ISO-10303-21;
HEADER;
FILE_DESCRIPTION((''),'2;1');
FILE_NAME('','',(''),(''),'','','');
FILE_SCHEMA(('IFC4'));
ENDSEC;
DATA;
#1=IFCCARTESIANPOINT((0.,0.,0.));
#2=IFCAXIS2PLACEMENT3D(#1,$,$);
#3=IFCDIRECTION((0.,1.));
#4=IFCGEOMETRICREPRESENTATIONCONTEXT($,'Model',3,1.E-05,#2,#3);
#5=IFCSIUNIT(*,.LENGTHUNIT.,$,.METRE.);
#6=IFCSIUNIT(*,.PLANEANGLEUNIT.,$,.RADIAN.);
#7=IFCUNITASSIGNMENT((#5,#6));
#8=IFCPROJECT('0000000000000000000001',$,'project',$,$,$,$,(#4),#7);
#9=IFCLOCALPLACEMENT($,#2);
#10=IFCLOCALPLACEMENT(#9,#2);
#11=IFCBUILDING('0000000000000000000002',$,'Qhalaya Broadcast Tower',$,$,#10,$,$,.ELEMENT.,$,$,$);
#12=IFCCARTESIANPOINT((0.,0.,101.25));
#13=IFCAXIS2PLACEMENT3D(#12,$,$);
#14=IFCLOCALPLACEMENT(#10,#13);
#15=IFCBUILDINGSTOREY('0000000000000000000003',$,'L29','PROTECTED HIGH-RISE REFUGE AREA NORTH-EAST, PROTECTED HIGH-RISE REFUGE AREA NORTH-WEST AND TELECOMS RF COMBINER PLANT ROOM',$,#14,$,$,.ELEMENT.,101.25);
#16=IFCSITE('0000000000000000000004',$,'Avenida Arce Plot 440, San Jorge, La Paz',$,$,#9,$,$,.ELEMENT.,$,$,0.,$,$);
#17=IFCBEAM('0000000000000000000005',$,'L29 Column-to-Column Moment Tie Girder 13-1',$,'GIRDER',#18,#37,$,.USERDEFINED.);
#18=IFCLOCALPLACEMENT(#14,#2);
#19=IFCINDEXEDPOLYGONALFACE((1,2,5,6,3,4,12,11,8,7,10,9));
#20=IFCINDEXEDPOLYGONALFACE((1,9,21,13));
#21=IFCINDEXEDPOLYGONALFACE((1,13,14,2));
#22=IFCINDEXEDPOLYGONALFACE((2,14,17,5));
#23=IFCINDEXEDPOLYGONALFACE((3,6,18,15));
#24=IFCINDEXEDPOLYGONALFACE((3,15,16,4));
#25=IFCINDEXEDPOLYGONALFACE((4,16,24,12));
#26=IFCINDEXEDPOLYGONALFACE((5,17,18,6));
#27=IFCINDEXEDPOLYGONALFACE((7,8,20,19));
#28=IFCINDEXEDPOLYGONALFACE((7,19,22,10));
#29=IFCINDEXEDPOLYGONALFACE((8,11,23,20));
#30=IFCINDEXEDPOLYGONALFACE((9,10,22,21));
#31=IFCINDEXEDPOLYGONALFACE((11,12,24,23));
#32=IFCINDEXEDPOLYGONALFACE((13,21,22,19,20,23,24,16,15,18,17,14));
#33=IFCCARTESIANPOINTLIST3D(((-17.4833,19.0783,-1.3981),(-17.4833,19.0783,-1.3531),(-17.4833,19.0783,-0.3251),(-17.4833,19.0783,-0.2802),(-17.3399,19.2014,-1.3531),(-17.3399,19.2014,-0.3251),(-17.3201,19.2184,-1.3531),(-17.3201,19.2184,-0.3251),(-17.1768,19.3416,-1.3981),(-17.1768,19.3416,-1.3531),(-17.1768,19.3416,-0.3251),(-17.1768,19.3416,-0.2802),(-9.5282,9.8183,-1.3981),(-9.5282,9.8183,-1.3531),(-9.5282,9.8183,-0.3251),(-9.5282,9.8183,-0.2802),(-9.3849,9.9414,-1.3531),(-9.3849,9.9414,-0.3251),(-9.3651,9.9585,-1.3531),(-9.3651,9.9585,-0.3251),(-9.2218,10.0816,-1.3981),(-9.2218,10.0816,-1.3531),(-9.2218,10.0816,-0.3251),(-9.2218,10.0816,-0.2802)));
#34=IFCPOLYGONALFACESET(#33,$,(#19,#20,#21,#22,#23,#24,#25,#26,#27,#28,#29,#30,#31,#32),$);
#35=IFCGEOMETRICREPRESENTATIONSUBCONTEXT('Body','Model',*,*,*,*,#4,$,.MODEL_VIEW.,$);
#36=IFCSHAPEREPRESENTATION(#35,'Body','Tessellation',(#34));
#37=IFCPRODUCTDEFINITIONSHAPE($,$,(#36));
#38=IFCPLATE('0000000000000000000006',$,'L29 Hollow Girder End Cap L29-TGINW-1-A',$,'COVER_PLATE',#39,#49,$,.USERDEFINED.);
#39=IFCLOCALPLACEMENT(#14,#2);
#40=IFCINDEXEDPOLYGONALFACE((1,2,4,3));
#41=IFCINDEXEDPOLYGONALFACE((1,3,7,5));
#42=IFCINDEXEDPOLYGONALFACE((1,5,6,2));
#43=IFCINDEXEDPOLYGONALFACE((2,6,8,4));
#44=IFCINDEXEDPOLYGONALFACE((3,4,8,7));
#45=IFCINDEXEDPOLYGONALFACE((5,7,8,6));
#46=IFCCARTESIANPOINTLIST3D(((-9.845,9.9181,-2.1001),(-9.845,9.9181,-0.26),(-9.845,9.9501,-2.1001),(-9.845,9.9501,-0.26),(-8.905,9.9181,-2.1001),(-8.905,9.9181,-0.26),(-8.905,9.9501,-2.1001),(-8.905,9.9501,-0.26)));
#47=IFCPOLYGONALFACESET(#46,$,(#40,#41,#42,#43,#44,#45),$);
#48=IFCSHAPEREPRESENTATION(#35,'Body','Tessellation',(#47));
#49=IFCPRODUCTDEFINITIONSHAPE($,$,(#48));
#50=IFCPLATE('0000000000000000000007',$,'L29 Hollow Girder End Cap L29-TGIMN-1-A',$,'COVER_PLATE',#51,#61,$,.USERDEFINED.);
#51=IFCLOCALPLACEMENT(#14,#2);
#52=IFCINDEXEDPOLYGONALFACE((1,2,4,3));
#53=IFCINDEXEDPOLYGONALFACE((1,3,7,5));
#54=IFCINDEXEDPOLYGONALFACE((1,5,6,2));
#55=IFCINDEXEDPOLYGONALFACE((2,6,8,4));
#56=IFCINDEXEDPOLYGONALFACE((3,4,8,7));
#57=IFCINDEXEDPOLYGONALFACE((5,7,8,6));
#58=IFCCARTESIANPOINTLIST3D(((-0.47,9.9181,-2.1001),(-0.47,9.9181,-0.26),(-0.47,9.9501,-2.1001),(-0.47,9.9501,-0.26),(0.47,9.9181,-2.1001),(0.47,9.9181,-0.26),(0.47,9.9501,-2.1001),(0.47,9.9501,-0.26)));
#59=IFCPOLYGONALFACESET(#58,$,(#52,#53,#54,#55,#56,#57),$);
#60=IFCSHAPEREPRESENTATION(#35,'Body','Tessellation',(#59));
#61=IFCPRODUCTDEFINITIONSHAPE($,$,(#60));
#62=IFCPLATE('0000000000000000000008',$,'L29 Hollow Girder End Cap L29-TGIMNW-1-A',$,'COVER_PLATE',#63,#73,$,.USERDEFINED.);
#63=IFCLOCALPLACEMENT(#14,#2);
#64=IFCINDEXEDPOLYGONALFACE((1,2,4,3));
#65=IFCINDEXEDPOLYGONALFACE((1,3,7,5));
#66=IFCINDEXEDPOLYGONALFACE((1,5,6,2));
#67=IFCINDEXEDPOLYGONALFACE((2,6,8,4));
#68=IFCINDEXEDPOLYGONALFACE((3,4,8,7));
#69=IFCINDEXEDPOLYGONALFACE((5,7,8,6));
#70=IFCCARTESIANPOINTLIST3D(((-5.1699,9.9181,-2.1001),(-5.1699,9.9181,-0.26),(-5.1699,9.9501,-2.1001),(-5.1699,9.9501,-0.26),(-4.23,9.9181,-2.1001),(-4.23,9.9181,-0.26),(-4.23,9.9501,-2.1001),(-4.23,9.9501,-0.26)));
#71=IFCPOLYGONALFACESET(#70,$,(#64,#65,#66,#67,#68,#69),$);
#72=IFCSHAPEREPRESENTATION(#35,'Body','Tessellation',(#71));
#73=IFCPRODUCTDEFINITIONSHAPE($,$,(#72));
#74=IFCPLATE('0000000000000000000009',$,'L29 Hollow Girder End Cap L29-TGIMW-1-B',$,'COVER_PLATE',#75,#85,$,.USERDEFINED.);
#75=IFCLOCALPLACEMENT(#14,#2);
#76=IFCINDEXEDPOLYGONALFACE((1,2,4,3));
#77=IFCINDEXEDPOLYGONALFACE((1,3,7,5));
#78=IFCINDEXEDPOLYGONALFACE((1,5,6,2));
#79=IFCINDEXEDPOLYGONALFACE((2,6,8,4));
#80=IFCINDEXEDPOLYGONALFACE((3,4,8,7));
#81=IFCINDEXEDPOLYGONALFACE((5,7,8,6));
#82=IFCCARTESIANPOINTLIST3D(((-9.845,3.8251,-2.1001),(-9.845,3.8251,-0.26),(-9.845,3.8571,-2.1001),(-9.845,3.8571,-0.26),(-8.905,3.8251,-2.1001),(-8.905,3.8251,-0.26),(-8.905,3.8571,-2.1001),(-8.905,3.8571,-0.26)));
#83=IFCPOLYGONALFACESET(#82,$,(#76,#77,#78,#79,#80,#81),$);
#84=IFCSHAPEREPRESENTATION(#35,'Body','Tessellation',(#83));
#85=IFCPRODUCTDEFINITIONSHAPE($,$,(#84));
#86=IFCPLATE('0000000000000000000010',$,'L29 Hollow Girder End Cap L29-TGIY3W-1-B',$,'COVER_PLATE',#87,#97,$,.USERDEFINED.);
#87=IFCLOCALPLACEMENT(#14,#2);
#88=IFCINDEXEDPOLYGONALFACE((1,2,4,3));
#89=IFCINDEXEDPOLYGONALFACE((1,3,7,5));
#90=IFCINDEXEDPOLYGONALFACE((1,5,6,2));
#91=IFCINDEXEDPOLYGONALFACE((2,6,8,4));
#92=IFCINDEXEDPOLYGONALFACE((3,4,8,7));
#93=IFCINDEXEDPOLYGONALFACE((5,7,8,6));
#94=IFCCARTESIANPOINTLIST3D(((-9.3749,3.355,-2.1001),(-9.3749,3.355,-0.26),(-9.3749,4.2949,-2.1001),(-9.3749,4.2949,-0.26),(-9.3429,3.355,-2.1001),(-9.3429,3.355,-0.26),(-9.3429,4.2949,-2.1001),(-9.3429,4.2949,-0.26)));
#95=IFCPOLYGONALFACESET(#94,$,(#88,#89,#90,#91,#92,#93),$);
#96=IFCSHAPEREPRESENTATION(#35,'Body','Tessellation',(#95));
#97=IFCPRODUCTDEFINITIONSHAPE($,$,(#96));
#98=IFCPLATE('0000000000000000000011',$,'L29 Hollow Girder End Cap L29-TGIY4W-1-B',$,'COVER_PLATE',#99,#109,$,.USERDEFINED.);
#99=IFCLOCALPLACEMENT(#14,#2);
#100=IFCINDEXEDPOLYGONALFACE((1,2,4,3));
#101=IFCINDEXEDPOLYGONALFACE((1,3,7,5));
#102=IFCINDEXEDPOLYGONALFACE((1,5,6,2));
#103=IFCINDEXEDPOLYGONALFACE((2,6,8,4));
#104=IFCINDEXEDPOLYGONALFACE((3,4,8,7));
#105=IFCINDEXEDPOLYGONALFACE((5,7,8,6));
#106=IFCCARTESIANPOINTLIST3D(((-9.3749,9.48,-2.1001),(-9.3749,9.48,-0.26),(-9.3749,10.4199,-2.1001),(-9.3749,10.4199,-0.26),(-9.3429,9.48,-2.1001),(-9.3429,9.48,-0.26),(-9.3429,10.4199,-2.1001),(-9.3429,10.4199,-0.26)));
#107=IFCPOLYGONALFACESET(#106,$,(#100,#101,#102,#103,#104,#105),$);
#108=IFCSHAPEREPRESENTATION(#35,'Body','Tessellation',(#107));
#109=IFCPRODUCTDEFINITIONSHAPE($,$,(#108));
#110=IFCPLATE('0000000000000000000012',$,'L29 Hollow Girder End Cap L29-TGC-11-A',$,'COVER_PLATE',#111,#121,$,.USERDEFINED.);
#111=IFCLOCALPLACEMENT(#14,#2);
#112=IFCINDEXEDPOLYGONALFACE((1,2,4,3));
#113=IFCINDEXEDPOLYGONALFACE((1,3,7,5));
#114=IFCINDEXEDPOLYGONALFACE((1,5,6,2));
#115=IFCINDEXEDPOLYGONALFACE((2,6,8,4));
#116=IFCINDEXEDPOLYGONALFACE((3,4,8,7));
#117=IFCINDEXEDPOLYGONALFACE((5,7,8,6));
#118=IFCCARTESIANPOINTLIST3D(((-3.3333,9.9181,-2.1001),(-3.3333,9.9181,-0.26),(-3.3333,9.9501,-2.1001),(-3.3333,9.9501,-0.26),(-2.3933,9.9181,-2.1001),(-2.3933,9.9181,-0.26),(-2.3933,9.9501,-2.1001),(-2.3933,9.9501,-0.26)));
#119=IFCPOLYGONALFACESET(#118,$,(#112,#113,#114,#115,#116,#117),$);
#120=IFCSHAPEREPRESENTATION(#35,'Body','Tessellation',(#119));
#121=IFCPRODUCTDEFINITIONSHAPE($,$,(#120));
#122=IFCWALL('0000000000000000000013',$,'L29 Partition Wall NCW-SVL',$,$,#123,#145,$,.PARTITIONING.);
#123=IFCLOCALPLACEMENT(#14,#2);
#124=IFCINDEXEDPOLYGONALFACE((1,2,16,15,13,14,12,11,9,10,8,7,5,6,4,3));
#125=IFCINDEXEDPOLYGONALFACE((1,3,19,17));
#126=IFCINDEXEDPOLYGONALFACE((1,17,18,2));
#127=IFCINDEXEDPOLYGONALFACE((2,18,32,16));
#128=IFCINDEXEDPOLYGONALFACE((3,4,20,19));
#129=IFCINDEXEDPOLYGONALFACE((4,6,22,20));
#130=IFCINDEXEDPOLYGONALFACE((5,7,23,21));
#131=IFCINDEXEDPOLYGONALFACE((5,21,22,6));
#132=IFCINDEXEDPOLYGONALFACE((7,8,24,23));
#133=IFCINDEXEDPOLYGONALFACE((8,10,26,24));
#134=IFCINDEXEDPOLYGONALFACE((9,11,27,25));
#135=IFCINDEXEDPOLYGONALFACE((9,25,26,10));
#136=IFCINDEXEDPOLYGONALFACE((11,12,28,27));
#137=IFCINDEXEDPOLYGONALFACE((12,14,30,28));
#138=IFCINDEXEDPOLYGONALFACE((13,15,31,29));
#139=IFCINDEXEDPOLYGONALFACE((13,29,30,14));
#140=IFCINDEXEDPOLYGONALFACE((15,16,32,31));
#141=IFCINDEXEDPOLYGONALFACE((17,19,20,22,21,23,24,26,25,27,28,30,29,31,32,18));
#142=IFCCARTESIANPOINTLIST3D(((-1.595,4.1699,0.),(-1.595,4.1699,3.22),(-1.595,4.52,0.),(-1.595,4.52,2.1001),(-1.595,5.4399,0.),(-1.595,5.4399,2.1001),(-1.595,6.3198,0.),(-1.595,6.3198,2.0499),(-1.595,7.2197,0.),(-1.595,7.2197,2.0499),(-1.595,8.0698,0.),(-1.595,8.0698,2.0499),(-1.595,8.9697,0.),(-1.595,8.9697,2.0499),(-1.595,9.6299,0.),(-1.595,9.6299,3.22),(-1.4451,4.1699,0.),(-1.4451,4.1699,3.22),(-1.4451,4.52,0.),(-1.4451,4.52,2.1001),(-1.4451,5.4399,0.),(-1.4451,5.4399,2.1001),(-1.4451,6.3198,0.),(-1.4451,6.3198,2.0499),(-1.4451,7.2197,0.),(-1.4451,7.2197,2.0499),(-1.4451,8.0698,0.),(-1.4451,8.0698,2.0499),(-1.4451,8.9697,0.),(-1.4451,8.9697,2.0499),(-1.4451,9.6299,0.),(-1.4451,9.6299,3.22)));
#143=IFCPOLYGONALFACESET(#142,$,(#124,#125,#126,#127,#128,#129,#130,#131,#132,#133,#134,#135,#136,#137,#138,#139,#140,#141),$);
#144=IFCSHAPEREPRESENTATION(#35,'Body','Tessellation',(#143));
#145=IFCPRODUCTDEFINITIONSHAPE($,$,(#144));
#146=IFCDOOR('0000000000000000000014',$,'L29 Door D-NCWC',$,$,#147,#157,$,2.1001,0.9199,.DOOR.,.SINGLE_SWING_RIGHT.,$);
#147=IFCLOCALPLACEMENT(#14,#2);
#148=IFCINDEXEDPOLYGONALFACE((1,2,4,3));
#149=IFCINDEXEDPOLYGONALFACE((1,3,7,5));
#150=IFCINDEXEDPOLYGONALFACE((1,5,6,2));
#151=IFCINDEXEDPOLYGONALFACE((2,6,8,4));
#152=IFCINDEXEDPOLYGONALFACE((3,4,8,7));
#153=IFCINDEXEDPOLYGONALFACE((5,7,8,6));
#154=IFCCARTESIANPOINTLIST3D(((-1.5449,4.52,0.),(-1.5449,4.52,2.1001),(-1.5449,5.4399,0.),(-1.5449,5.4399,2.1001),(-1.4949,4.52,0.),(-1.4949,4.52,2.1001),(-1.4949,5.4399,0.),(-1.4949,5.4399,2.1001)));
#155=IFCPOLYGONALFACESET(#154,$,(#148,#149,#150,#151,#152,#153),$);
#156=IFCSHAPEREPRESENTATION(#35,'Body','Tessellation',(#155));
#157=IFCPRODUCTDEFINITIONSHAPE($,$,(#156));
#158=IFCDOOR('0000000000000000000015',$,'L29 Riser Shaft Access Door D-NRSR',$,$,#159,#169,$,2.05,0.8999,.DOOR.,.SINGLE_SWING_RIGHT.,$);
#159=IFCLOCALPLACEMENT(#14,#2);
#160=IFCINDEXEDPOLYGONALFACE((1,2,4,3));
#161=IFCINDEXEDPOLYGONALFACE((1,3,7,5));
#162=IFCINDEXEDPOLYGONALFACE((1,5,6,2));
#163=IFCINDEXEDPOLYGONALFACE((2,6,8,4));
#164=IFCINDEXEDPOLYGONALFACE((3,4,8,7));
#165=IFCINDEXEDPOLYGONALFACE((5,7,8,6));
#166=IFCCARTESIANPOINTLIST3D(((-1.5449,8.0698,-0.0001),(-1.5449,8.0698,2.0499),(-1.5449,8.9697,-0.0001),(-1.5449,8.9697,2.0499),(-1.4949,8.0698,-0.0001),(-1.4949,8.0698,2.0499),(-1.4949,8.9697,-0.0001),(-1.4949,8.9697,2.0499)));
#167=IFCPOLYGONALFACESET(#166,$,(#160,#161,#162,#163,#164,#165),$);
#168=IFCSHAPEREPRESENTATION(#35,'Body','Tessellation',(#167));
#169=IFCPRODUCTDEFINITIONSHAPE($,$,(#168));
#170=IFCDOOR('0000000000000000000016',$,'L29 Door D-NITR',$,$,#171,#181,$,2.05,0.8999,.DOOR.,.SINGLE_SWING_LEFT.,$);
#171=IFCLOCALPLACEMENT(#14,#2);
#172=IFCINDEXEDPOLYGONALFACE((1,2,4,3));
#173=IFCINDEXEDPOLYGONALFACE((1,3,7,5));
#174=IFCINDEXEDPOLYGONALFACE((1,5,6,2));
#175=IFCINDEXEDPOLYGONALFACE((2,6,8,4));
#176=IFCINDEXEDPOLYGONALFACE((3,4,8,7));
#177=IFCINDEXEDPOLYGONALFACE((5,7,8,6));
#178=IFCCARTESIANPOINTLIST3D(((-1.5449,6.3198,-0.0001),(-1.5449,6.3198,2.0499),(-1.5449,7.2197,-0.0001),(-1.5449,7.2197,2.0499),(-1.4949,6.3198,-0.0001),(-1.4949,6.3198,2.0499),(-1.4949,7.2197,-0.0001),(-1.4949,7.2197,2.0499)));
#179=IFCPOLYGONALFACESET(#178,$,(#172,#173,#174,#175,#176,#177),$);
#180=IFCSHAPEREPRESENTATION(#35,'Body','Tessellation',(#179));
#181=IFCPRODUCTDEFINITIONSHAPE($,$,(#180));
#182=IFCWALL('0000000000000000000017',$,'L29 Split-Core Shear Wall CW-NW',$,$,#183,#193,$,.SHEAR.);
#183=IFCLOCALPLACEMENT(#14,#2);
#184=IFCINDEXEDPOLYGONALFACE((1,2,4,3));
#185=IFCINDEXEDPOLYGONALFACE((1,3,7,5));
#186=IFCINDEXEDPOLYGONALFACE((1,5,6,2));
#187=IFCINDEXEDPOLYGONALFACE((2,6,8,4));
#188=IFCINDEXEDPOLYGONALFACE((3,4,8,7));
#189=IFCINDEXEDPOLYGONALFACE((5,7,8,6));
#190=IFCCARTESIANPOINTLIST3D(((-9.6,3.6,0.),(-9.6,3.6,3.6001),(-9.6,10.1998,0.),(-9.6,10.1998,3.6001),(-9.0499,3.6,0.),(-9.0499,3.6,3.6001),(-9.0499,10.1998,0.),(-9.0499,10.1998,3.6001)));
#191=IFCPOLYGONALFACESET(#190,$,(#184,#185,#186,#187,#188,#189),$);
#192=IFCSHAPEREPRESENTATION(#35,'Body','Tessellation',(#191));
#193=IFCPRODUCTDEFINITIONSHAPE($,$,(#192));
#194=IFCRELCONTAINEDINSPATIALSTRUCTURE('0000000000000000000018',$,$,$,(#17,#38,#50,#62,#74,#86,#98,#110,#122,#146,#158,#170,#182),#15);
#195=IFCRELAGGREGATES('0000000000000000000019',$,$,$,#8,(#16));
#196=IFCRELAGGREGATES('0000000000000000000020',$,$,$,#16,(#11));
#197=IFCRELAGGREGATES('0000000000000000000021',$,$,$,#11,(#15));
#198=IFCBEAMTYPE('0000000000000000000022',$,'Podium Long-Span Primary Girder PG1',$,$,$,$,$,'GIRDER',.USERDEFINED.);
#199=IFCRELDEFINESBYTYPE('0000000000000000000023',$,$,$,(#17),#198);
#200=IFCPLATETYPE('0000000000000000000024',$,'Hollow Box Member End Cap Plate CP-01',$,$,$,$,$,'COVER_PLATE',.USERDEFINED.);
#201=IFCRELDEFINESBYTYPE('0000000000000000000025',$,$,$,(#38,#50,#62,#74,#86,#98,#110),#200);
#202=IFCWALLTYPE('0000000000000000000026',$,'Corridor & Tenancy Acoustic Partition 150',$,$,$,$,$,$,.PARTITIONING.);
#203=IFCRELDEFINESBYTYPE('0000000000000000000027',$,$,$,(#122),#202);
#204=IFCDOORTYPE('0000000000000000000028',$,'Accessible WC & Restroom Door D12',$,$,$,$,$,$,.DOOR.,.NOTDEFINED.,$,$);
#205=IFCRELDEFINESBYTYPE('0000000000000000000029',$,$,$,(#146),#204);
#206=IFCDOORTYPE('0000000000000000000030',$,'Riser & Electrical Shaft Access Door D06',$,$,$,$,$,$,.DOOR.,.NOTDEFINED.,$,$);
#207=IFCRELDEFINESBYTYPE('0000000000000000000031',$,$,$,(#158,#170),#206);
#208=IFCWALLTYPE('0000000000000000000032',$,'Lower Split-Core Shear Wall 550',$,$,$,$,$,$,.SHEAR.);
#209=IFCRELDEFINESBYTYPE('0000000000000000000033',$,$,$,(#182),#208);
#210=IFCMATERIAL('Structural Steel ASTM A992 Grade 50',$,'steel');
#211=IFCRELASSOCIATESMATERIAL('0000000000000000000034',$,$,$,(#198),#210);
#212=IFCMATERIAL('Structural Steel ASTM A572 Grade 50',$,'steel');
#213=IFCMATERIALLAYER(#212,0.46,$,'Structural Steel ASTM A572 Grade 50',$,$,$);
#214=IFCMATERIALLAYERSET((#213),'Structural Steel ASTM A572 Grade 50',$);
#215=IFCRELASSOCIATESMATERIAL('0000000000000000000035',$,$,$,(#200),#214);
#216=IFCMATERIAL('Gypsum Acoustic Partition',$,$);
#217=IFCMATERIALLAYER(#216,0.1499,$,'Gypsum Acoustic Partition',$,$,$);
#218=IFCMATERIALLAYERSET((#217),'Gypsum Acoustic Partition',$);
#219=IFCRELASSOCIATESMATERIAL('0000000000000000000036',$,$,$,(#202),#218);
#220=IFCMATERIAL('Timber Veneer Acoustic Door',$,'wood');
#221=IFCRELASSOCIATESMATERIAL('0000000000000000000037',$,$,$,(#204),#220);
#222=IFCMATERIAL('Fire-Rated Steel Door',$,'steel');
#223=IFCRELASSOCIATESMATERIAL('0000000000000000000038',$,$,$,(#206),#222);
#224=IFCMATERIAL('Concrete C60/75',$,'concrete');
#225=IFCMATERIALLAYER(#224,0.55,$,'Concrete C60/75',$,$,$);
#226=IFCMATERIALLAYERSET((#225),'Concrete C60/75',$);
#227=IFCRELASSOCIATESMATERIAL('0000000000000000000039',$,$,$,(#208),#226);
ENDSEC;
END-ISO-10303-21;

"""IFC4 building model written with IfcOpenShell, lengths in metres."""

from ifc_helpers import new_model, si_unit, direction, frame, frame_2d, origin, origin_2d, place, context, subcontext, project, spatial, rectangle, i_section, extrude, material, layer, layer_set, material_profile, profile_set, type_object, element, fill, save


model = new_model("IFC4")

# Units and contexts
model_context = context("Model", 3, precision=1e-05, world=origin(), true_north=direction((0.0, 1.0)))
body_context = subcontext(model_context, "Body", "Model", "MODEL_VIEW")
ifc_project = project(units=[si_unit("LENGTHUNIT", "METRE"), si_unit("PLANEANGLEUNIT", "RADIAN")], contexts=[model_context])

# Site, building, storey
site_placement = place(None, origin())
site = spatial("IfcSite", under=ifc_project, at=site_placement, Name="Avenida Arce Plot 440, San Jorge, La Paz", CompositionType="ELEMENT", RefElevation=0.0)
building_placement = place(site_placement, origin())
building = spatial("IfcBuilding", under=site, at=building_placement, Name="Qhalaya Broadcast Tower", CompositionType="ELEMENT")
storey_placement = place(building_placement, frame((0.0, 0.0, 101.25)))
storey = spatial("IfcBuildingStorey", under=building, at=storey_placement, Name="L29", Description="PROTECTED HIGH-RISE REFUGE AREA NORTH-EAST, PROTECTED HIGH-RISE REFUGE AREA NORTH-WEST AND TELECOMS RF COMBINER PLANT ROOM", CompositionType="ELEMENT", Elevation=101.25)

# Shared definitions
ifc_material_1 = material(Name="Structural Steel ASTM A572 Grade 50", Category="steel")
ifc_material_2 = material(Name="Structural Steel ASTM A992 Grade 50", Category="steel")

# Beam
ifc_material_profile_1 = material_profile(ifc_material_2, i_section(OverallWidth=0.4041, OverallDepth=1.1179, WebThickness=0.0261, FlangeThickness=0.0449, at=origin_2d()), Name="W44X335")
ifc_profile_set_1 = profile_set([ifc_material_profile_1], Name="Structural Steel ASTM A992 Grade 50")
beam_type_1 = type_object("IfcBeamType", Name="Podium Long-Span Primary Girder PG1", ElementType="GIRDER", PredefinedType="USERDEFINED", material=ifc_profile_set_1)
beam_1_placement = place(storey_placement, frame((-9.375, 9.95, -0.8391), z_axis=(-0.651638, 0.758531, 0.0), x_axis=(-0.758531, -0.651638, 0.0)))
element("IfcBeam", 1, at=beam_1_placement, inside=storey, type_object=beam_type_1, Name="L29 Column-to-Column Moment Tie Girder 13-1", ObjectType="GIRDER", PredefinedType="USERDEFINED", context=body_context, shape_type="SweptSolid", body=[
    extrude(i_section(OverallWidth=0.4041, OverallDepth=1.1179, WebThickness=0.0261, FlangeThickness=0.0449, at=origin_2d()), origin(), (0.0, 0.0, 1.0), 12.2078),
])

# Plates
ifc_layer_1 = layer(ifc_material_1, 0.46, Name="Structural Steel ASTM A572 Grade 50")
ifc_layer_set_1 = layer_set([ifc_layer_1], Name="Structural Steel ASTM A572 Grade 50")
plate_type = type_object("IfcPlateType", Name="Hollow Box Member End Cap Plate CP-01", ElementType="COVER_PLATE", PredefinedType="USERDEFINED", material=ifc_layer_set_1)
for number, where, z_axis, x_axis, name in (
    (2, (-9.375, 9.9341, -2.1001), (0.0, 0.0, 1.0), (-1.0, 0.0, 0.0), "L29 Hollow Girder End Cap L29-TGINW-1-A"),
    (3, (0.0, 9.9341, -2.1001), (0.0, 0.0, 1.0), (-1.0, 0.0, 0.0), "L29 Hollow Girder End Cap L29-TGIMN-1-A"),
    (4, (-4.7, 9.9341, -2.1001), (0.0, 0.0, 1.0), (-1.0, 0.0, 0.0), "L29 Hollow Girder End Cap L29-TGIMNW-1-A"),
    (5, (-9.375, 3.8411, -2.1001), (0.0, 0.0, 1.0), (-1.0, 0.0, 0.0), "L29 Hollow Girder End Cap L29-TGIMW-1-B"),
    (6, (-9.3589, 3.825, -2.1001), (0.0, 0.0, 1.0), (0.0, 1.0, 0.0), "L29 Hollow Girder End Cap L29-TGIY3W-1-B"),
    (7, (-9.3589, 9.95, -2.1001), (0.0, 0.0, 1.0), (0.0, 1.0, 0.0), "L29 Hollow Girder End Cap L29-TGIY4W-1-B"),
    (8, (-2.8633, 9.9341, -2.1001), (0.0, 0.0, 1.0), (-1.0, 0.0, 0.0), "L29 Hollow Girder End Cap L29-TGC-11-A"),
):
    element("IfcPlate", number, at=place(storey_placement, frame(where, z_axis=z_axis, x_axis=x_axis)), inside=storey, type_object=plate_type, Name=name, ObjectType="COVER_PLATE", PredefinedType="USERDEFINED", context=body_context, shape_type="SweptSolid", body=[
        extrude(rectangle(XDim=0.9399, YDim=0.032, at=origin_2d()), origin(), (0.0, 0.0, 1.0), 1.8401),
    ])

# Wall, openings, doors
ifc_material_3 = material(Name="Gypsum Acoustic Partition")
ifc_layer_2 = layer(ifc_material_3, 0.1499, Name="Gypsum Acoustic Partition")
ifc_layer_set_2 = layer_set([ifc_layer_2], Name="Gypsum Acoustic Partition")
wall_type_1 = type_object("IfcWallType", Name="Corridor & Tenancy Acoustic Partition 150", PredefinedType="PARTITIONING", material=ifc_layer_set_2)
wall_1_placement = place(storey_placement, frame((-1.52, 4.1699, 0.0), z_axis=(0.0, 0.0, 1.0), x_axis=(0.0, 1.0, 0.0)))
wall_1 = element("IfcWall", 9, at=wall_1_placement, inside=storey, type_object=wall_type_1, Name="L29 Partition Wall NCW-SVL", PredefinedType="PARTITIONING", context=body_context, shape_type="SweptSolid", body=[
    extrude(rectangle(XDim=5.46, YDim=0.1499, at=frame_2d((2.73, 0.0))), origin(), (0.0, 0.0, 1.0), 3.22),
])
opening_1_placement = place(wall_1_placement, frame((3.8999, 0.0, 0.0)))
opening_1 = element("IfcOpeningElement", 10, at=opening_1_placement, cuts=wall_1, PredefinedType="OPENING", context=body_context, shape_type="SweptSolid", body=[
    extrude(rectangle(XDim=0.8999, YDim=2.05, at=frame_2d((0.45, 1.0249))), frame((0.0, 0.0869, 0.0), z_axis=(0.0, -1.0, 0.0), x_axis=(1.0, 0.0, 0.0)), (0.0, 0.0, 1.0), 0.1738),
])
opening_2_placement = place(wall_1_placement, frame((2.1499, 0.0, 0.0)))
opening_2 = element("IfcOpeningElement", 11, at=opening_2_placement, cuts=wall_1, PredefinedType="OPENING", context=body_context, shape_type="SweptSolid", body=[
    extrude(rectangle(XDim=0.8999, YDim=2.05, at=frame_2d((0.45, 1.0249))), frame((0.0, 0.0869, 0.0), z_axis=(0.0, -1.0, 0.0), x_axis=(1.0, 0.0, 0.0)), (0.0, 0.0, 1.0), 0.1738),
])
opening_3_placement = place(wall_1_placement, frame((0.3501, 0.0, 0.0)))
opening_3 = element("IfcOpeningElement", 12, at=opening_3_placement, cuts=wall_1, PredefinedType="OPENING", context=body_context, shape_type="SweptSolid", body=[
    extrude(rectangle(XDim=0.9199, YDim=2.1001, at=frame_2d((0.46, 1.05))), frame((0.0, 0.0869, 0.0), z_axis=(0.0, -1.0, 0.0), x_axis=(1.0, 0.0, 0.0)), (0.0, 0.0, 1.0), 0.1738),
])
ifc_material_4 = material(Name="Timber Veneer Acoustic Door", Category="wood")
door_type_1 = type_object("IfcDoorType", Name="Accessible WC & Restroom Door D12", OperationType="NOTDEFINED", PredefinedType="DOOR", material=ifc_material_4)
door_1_placement = place(opening_3_placement, origin())
door_1 = element("IfcDoor", 13, at=door_1_placement, inside=storey, type_object=door_type_1, Name="L29 Door D-NCWC", OperationType="SINGLE_SWING_RIGHT", OverallHeight=2.1001, OverallWidth=0.9199, PredefinedType="DOOR", context=body_context, shape_type="SweptSolid", body=[
    extrude(rectangle(XDim=0.9199, YDim=2.1001, at=frame_2d((0.46, 1.05))), frame((0.0, 0.0249, 0.0), z_axis=(0.0, -1.0, 0.0), x_axis=(1.0, 0.0, 0.0)), (0.0, 0.0, 1.0), 0.05),
])
fill(opening_3, door_1)
ifc_material_5 = material(Name="Fire-Rated Steel Door", Category="steel")
door_type_2 = type_object("IfcDoorType", Name="Riser & Electrical Shaft Access Door D06", OperationType="NOTDEFINED", PredefinedType="DOOR", material=ifc_material_5)
door_2_placement = place(opening_1_placement, origin())
door_2 = element("IfcDoor", 14, at=door_2_placement, inside=storey, type_object=door_type_2, Name="L29 Riser Shaft Access Door D-NRSR", OperationType="SINGLE_SWING_RIGHT", OverallHeight=2.05, OverallWidth=0.8999, PredefinedType="DOOR", context=body_context, shape_type="SweptSolid", body=[
    extrude(rectangle(XDim=0.8999, YDim=2.05, at=frame_2d((0.45, 1.0249))), frame((0.0, 0.0249, 0.0), z_axis=(0.0, -1.0, 0.0), x_axis=(1.0, 0.0, 0.0)), (0.0, 0.0, 1.0), 0.05),
])
fill(opening_1, door_2)
door_3_placement = place(opening_2_placement, origin())
door_3 = element("IfcDoor", 15, at=door_3_placement, inside=storey, type_object=door_type_2, Name="L29 Door D-NITR", OperationType="SINGLE_SWING_LEFT", OverallHeight=2.05, OverallWidth=0.8999, PredefinedType="DOOR", context=body_context, shape_type="SweptSolid", body=[
    extrude(rectangle(XDim=0.8999, YDim=2.05, at=frame_2d((0.45, 1.0249))), frame((0.0, 0.0249, 0.0), z_axis=(0.0, -1.0, 0.0), x_axis=(1.0, 0.0, 0.0)), (0.0, 0.0, 1.0), 0.05),
])
fill(opening_2, door_3)

# Wall
ifc_material_6 = material(Name="Concrete C60/75", Category="concrete")
ifc_layer_3 = layer(ifc_material_6, 0.55, Name="Concrete C60/75")
ifc_layer_set_3 = layer_set([ifc_layer_3], Name="Concrete C60/75")
wall_type_2 = type_object("IfcWallType", Name="Lower Split-Core Shear Wall 550", PredefinedType="SHEAR", material=ifc_layer_set_3)
wall_2_placement = place(storey_placement, frame((-9.325, 3.6001, 0.0), z_axis=(0.0, 0.0, 1.0), x_axis=(0.0, 1.0, 0.0)))
element("IfcWall", 16, at=wall_2_placement, inside=storey, type_object=wall_type_2, Name="L29 Split-Core Shear Wall CW-NW", PredefinedType="SHEAR", context=body_context, shape_type="SweptSolid", body=[
    extrude(rectangle(XDim=6.5999, YDim=0.55, at=frame_2d((3.2998, 0.0))), origin(), (0.0, 0.0, 1.0), 3.6001),
])

save(model, "model.ifc")
